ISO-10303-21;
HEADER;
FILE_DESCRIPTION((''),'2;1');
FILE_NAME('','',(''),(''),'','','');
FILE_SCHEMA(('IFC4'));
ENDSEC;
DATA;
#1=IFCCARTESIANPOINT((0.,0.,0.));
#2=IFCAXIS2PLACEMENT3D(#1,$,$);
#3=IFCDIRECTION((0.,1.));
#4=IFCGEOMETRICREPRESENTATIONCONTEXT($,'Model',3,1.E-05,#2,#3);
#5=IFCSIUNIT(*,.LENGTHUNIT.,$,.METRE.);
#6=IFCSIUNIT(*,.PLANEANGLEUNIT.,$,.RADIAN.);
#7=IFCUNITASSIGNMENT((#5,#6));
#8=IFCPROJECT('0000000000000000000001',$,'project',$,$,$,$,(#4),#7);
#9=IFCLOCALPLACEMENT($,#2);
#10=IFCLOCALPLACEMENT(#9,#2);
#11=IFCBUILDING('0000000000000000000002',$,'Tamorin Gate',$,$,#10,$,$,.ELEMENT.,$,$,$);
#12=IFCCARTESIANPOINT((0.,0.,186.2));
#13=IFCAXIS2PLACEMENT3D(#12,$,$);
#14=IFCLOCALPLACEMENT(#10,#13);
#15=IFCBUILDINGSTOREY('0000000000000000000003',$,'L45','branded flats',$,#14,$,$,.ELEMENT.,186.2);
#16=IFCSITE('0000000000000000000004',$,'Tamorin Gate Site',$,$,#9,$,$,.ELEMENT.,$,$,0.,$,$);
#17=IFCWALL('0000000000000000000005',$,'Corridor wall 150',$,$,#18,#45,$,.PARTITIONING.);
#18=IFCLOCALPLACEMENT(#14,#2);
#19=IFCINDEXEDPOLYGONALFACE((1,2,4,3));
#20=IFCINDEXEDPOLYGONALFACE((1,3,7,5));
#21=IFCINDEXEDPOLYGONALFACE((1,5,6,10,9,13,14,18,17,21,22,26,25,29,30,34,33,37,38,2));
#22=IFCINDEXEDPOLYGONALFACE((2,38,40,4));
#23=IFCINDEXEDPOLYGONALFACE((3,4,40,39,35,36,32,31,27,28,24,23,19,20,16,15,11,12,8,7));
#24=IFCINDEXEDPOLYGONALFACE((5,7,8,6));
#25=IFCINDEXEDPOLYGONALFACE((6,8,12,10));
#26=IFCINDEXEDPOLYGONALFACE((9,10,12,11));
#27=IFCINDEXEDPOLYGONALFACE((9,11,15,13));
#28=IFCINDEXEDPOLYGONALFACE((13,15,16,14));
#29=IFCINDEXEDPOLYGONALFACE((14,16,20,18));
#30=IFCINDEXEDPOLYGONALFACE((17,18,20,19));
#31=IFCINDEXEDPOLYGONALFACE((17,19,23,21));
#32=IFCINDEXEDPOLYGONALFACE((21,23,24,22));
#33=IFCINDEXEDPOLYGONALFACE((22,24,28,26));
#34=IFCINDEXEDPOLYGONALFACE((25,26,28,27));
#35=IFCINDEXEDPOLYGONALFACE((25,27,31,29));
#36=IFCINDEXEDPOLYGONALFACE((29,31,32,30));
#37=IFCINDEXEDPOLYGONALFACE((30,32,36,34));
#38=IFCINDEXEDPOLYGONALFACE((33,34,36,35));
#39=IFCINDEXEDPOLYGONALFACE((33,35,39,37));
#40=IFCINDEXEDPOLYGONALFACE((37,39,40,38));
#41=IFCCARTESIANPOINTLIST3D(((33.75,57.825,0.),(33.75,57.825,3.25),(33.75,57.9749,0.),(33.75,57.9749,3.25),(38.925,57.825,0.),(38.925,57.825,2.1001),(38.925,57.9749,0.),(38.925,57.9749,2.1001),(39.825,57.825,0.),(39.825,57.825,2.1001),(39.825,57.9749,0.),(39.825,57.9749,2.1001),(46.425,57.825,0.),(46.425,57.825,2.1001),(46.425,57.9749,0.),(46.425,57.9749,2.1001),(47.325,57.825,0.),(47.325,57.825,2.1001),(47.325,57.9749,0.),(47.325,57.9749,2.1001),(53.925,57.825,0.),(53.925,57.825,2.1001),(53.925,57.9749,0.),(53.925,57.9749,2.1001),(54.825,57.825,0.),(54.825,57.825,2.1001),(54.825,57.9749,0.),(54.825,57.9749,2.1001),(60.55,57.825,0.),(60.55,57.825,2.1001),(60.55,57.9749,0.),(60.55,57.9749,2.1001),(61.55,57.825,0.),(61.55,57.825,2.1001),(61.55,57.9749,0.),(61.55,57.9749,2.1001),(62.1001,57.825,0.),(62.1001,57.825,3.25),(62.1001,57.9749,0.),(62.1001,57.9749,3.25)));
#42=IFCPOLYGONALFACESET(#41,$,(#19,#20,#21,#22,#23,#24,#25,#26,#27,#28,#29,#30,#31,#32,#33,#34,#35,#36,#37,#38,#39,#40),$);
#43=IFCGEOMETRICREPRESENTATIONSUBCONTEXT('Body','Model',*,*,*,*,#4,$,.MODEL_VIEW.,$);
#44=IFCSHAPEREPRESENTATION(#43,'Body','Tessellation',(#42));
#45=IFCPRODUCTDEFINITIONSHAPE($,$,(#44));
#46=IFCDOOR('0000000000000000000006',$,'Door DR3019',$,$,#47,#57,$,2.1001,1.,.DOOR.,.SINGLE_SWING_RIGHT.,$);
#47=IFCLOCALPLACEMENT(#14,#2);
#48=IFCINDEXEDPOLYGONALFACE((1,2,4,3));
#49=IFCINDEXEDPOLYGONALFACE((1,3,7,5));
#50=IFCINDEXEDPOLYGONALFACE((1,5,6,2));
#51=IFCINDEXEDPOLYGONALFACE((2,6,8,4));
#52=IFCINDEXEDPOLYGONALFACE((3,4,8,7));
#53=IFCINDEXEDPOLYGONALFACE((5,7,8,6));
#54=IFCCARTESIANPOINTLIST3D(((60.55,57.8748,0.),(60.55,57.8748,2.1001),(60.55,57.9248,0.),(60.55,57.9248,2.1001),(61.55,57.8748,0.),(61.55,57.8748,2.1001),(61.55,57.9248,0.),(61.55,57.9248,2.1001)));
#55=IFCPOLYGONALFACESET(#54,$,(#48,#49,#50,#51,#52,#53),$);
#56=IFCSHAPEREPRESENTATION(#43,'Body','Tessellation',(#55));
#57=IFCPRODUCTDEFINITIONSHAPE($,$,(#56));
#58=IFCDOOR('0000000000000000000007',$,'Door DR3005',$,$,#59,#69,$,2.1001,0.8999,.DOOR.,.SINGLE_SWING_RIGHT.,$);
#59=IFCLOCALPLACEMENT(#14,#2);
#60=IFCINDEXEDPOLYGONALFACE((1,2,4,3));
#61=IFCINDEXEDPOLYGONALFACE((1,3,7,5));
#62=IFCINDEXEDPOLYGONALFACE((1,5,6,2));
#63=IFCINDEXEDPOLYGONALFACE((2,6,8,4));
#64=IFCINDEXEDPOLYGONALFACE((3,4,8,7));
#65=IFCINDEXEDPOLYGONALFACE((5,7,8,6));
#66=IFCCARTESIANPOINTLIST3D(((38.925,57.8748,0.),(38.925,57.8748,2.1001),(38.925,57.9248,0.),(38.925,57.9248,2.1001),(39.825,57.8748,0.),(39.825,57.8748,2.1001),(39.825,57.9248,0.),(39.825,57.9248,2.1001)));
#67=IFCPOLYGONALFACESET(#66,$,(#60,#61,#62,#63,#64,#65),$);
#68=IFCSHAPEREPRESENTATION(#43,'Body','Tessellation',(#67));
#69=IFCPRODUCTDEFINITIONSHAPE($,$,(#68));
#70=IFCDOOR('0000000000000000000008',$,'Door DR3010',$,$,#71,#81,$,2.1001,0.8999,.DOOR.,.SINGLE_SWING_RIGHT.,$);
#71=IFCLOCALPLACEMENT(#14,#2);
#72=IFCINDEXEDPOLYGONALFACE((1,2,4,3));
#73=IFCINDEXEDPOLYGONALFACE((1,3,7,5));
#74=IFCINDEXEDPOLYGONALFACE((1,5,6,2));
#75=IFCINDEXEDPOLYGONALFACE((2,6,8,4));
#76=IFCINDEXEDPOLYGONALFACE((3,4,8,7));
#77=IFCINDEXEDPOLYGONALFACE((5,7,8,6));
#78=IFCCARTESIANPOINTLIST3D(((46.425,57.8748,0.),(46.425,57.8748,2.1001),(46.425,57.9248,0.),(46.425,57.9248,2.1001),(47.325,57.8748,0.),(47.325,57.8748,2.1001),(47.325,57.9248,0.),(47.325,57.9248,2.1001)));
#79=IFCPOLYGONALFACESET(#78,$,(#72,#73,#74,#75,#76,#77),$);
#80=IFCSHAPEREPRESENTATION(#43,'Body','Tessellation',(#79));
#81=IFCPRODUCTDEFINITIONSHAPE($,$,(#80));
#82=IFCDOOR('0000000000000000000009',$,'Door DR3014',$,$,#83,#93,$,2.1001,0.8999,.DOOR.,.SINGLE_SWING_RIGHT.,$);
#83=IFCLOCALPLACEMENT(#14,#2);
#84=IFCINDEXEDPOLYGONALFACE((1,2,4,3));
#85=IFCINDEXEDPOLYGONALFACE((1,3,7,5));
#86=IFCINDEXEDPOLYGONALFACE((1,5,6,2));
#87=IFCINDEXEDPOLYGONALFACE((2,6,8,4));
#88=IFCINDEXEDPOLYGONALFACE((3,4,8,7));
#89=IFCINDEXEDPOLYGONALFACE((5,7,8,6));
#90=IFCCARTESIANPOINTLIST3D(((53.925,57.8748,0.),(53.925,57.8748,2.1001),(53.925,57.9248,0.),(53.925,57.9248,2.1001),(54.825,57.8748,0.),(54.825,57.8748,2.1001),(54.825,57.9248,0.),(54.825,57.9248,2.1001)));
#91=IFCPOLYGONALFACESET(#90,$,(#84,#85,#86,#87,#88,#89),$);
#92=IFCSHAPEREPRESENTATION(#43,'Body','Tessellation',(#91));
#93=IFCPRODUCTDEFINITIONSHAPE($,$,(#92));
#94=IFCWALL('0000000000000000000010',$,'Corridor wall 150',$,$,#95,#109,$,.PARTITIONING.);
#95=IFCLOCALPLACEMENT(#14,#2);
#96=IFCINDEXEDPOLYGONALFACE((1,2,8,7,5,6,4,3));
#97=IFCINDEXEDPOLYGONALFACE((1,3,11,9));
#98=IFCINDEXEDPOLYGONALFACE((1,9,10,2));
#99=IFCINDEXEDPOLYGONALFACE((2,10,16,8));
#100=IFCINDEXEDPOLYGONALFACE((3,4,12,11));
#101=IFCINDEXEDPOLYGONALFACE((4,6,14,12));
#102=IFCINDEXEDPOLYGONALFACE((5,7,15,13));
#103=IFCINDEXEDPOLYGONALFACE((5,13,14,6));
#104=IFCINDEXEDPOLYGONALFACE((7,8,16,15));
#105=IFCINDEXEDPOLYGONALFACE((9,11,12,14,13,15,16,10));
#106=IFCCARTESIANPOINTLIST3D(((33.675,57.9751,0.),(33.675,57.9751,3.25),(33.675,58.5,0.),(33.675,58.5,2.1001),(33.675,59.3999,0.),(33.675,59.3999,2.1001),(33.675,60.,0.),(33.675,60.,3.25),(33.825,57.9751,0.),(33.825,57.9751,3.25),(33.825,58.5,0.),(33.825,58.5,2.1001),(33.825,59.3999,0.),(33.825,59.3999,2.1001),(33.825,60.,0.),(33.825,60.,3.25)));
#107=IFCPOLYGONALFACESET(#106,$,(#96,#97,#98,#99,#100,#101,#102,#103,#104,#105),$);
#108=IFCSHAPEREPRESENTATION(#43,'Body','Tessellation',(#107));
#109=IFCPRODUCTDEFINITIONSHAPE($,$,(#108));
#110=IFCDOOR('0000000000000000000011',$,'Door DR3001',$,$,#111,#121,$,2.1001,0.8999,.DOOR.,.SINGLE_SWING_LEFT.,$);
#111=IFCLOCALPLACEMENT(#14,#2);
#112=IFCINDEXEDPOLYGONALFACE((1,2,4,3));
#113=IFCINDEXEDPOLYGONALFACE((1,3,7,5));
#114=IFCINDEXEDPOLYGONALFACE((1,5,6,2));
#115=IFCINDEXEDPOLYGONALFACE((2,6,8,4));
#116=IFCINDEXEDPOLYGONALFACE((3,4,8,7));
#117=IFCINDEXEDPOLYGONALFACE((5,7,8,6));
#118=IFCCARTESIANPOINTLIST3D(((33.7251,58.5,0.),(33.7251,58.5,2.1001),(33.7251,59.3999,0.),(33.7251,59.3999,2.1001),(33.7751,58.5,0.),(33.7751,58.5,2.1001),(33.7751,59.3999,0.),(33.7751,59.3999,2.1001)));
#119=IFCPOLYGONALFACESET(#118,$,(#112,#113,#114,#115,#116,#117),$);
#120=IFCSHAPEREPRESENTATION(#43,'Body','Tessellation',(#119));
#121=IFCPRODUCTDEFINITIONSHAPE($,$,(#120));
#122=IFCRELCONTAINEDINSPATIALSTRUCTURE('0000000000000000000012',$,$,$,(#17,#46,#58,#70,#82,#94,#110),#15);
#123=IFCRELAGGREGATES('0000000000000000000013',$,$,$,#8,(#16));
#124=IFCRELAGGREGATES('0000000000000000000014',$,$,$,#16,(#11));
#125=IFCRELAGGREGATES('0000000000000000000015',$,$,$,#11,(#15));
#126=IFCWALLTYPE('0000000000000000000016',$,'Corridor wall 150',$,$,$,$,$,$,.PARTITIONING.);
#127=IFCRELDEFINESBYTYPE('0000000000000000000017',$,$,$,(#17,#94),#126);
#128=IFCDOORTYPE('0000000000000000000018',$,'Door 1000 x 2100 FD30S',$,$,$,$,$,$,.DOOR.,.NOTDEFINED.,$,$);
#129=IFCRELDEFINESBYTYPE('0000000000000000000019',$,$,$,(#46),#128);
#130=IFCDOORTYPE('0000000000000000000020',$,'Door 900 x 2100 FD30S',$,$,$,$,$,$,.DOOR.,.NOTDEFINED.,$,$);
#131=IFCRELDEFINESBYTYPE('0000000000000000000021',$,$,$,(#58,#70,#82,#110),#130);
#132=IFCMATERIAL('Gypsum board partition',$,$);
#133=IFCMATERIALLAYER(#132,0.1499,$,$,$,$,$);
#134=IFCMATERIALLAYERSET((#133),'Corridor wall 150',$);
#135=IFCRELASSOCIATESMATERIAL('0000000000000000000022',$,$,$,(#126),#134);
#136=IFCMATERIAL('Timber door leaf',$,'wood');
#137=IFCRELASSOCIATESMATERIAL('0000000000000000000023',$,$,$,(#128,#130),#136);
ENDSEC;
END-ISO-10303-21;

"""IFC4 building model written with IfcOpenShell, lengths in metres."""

from ifc_helpers import new_model, si_unit, direction, frame, frame_2d, origin, place, context, subcontext, project, spatial, rectangle, extrude, material, layer, layer_set, type_object, element, fill, save


model = new_model("IFC4")

# Units and contexts
model_context = context("Model", 3, precision=1e-05, world=origin(), true_north=direction((0.0, 1.0)))
body_context = subcontext(model_context, "Body", "Model", "MODEL_VIEW")
ifc_project = project(units=[si_unit("LENGTHUNIT", "METRE"), si_unit("PLANEANGLEUNIT", "RADIAN")], contexts=[model_context])

# Site, building, storey
site_placement = place(None, origin())
site = spatial("IfcSite", under=ifc_project, at=site_placement, Name="Tamorin Gate Site", CompositionType="ELEMENT", RefElevation=0.0)
building_placement = place(site_placement, origin())
building = spatial("IfcBuilding", under=site, at=building_placement, Name="Tamorin Gate", CompositionType="ELEMENT")
storey_placement = place(building_placement, frame((0.0, 0.0, 186.2)))
storey = spatial("IfcBuildingStorey", under=building, at=storey_placement, Name="L45", Description="branded flats", CompositionType="ELEMENT", Elevation=186.2)

# Wall, openings, doors
ifc_material_1 = material(Name="Gypsum board partition")
ifc_layer_1 = layer(ifc_material_1, 0.1499)
ifc_layer_set_1 = layer_set([ifc_layer_1], Name="Corridor wall 150")
wall_type_1 = type_object("IfcWallType", Name="Corridor wall 150", PredefinedType="PARTITIONING", material=ifc_layer_set_1)
wall_1_placement = place(storey_placement, frame((33.75, 57.8999, 0.0), z_axis=(0.0, 0.0, 1.0), x_axis=(1.0, 0.0, 0.0)))
wall_1 = element("IfcWall", 1, at=wall_1_placement, inside=storey, type_object=wall_type_1, Name="Corridor wall 150", PredefinedType="PARTITIONING", context=body_context, shape_type="SweptSolid", body=[
    extrude(rectangle(XDim=28.3501, YDim=0.1499, at=frame_2d((14.175, 0.0))), origin(), (0.0, 0.0, 1.0), 3.25),
])
opening_1_placement = place(wall_1_placement, frame((5.175, 0.0, 0.0)))
opening_1 = element("IfcOpeningElement", 2, at=opening_1_placement, cuts=wall_1, PredefinedType="OPENING", context=body_context, shape_type="SweptSolid", body=[
    extrude(rectangle(XDim=0.8999, YDim=2.1001, at=frame_2d((0.45, 1.05))), frame((0.0, 0.085, 0.0), z_axis=(0.0, -1.0, 0.0), x_axis=(1.0, 0.0, 0.0)), (0.0, 0.0, 1.0), 0.1699),
])
opening_2_placement = place(wall_1_placement, frame((12.675, 0.0, 0.0)))
opening_2 = element("IfcOpeningElement", 3, at=opening_2_placement, cuts=wall_1, PredefinedType="OPENING", context=body_context, shape_type="SweptSolid", body=[
    extrude(rectangle(XDim=0.8999, YDim=2.1001, at=frame_2d((0.45, 1.05))), frame((0.0, 0.085, 0.0), z_axis=(0.0, -1.0, 0.0), x_axis=(1.0, 0.0, 0.0)), (0.0, 0.0, 1.0), 0.1699),
])
opening_3_placement = place(wall_1_placement, frame((20.175, 0.0, 0.0)))
opening_3 = element("IfcOpeningElement", 4, at=opening_3_placement, cuts=wall_1, PredefinedType="OPENING", context=body_context, shape_type="SweptSolid", body=[
    extrude(rectangle(XDim=0.8999, YDim=2.1001, at=frame_2d((0.45, 1.05))), frame((0.0, 0.085, 0.0), z_axis=(0.0, -1.0, 0.0), x_axis=(1.0, 0.0, 0.0)), (0.0, 0.0, 1.0), 0.1699),
])
opening_4_placement = place(wall_1_placement, frame((26.8, 0.0, 0.0)))
opening_4 = element("IfcOpeningElement", 5, at=opening_4_placement, cuts=wall_1, PredefinedType="OPENING", context=body_context, shape_type="SweptSolid", body=[
    extrude(rectangle(XDim=1.0, YDim=2.1001, at=frame_2d((0.5, 1.05))), frame((0.0, 0.085, 0.0), z_axis=(0.0, -1.0, 0.0), x_axis=(1.0, 0.0, 0.0)), (0.0, 0.0, 1.0), 0.1699),
])
ifc_material_2 = material(Name="Timber door leaf", Category="wood")
door_type_1 = type_object("IfcDoorType", Name="Door 1000 x 2100 FD30S", OperationType="NOTDEFINED", PredefinedType="DOOR", material=ifc_material_2)
door_1_placement = place(opening_4_placement, origin())
door_1 = element("IfcDoor", 6, at=door_1_placement, inside=storey, type_object=door_type_1, Name="Door DR3019", OperationType="SINGLE_SWING_RIGHT", OverallHeight=2.1001, OverallWidth=1.0, PredefinedType="DOOR", context=body_context, shape_type="SweptSolid", body=[
    extrude(rectangle(XDim=1.0, YDim=2.1001, at=frame_2d((0.5, 1.05))), frame((0.0, 0.0249, 0.0), z_axis=(0.0, -1.0, 0.0), x_axis=(1.0, 0.0, 0.0)), (0.0, 0.0, 1.0), 0.05),
])
fill(opening_4, door_1)
door_type_2 = type_object("IfcDoorType", Name="Door 900 x 2100 FD30S", OperationType="NOTDEFINED", PredefinedType="DOOR", material=ifc_material_2)
door_2_placement = place(opening_1_placement, origin())
door_2 = element("IfcDoor", 7, at=door_2_placement, inside=storey, type_object=door_type_2, Name="Door DR3005", OperationType="SINGLE_SWING_RIGHT", OverallHeight=2.1001, OverallWidth=0.8999, PredefinedType="DOOR", context=body_context, shape_type="SweptSolid", body=[
    extrude(rectangle(XDim=0.8999, YDim=2.1001, at=frame_2d((0.45, 1.05))), frame((0.0, 0.0249, 0.0), z_axis=(0.0, -1.0, 0.0), x_axis=(1.0, 0.0, 0.0)), (0.0, 0.0, 1.0), 0.05),
])
fill(opening_1, door_2)
door_3_placement = place(opening_2_placement, origin())
door_3 = element("IfcDoor", 8, at=door_3_placement, inside=storey, type_object=door_type_2, Name="Door DR3010", OperationType="SINGLE_SWING_RIGHT", OverallHeight=2.1001, OverallWidth=0.8999, PredefinedType="DOOR", context=body_context, shape_type="SweptSolid", body=[
    extrude(rectangle(XDim=0.8999, YDim=2.1001, at=frame_2d((0.45, 1.05))), frame((0.0, 0.0249, 0.0), z_axis=(0.0, -1.0, 0.0), x_axis=(1.0, 0.0, 0.0)), (0.0, 0.0, 1.0), 0.05),
])
fill(opening_2, door_3)
door_4_placement = place(opening_3_placement, origin())
door_4 = element("IfcDoor", 9, at=door_4_placement, inside=storey, type_object=door_type_2, Name="Door DR3014", OperationType="SINGLE_SWING_RIGHT", OverallHeight=2.1001, OverallWidth=0.8999, PredefinedType="DOOR", context=body_context, shape_type="SweptSolid", body=[
    extrude(rectangle(XDim=0.8999, YDim=2.1001, at=frame_2d((0.45, 1.05))), frame((0.0, 0.0249, 0.0), z_axis=(0.0, -1.0, 0.0), x_axis=(1.0, 0.0, 0.0)), (0.0, 0.0, 1.0), 0.05),
])
fill(opening_3, door_4)

# Wall, opening, door
wall_2_placement = place(storey_placement, frame((33.75, 57.9751, 0.0), z_axis=(0.0, 0.0, 1.0), x_axis=(0.0, 1.0, 0.0)))
wall_2 = element("IfcWall", 10, at=wall_2_placement, inside=storey, type_object=wall_type_1, Name="Corridor wall 150", PredefinedType="PARTITIONING", context=body_context, shape_type="SweptSolid", body=[
    extrude(rectangle(XDim=2.0249, YDim=0.1499, at=frame_2d((1.0125, 0.0))), origin(), (0.0, 0.0, 1.0), 3.25),
])
opening_5_placement = place(wall_2_placement, frame((0.5249, 0.0, 0.0)))
opening_5 = element("IfcOpeningElement", 11, at=opening_5_placement, cuts=wall_2, PredefinedType="OPENING", context=body_context, shape_type="SweptSolid", body=[
    extrude(rectangle(XDim=0.8999, YDim=2.1001, at=frame_2d((0.45, 1.05))), frame((0.0, 0.085, 0.0), z_axis=(0.0, -1.0, 0.0), x_axis=(1.0, 0.0, 0.0)), (0.0, 0.0, 1.0), 0.1699),
])
door_5_placement = place(opening_5_placement, origin())
door_5 = element("IfcDoor", 12, at=door_5_placement, inside=storey, type_object=door_type_2, Name="Door DR3001", OperationType="SINGLE_SWING_LEFT", OverallHeight=2.1001, OverallWidth=0.8999, PredefinedType="DOOR", context=body_context, shape_type="SweptSolid", body=[
    extrude(rectangle(XDim=0.8999, YDim=2.1001, at=frame_2d((0.45, 1.05))), frame((0.0, 0.0249, 0.0), z_axis=(0.0, -1.0, 0.0), x_axis=(1.0, 0.0, 0.0)), (0.0, 0.0, 1.0), 0.05),
])
fill(opening_5, door_5)

save(model, "model.ifc")
